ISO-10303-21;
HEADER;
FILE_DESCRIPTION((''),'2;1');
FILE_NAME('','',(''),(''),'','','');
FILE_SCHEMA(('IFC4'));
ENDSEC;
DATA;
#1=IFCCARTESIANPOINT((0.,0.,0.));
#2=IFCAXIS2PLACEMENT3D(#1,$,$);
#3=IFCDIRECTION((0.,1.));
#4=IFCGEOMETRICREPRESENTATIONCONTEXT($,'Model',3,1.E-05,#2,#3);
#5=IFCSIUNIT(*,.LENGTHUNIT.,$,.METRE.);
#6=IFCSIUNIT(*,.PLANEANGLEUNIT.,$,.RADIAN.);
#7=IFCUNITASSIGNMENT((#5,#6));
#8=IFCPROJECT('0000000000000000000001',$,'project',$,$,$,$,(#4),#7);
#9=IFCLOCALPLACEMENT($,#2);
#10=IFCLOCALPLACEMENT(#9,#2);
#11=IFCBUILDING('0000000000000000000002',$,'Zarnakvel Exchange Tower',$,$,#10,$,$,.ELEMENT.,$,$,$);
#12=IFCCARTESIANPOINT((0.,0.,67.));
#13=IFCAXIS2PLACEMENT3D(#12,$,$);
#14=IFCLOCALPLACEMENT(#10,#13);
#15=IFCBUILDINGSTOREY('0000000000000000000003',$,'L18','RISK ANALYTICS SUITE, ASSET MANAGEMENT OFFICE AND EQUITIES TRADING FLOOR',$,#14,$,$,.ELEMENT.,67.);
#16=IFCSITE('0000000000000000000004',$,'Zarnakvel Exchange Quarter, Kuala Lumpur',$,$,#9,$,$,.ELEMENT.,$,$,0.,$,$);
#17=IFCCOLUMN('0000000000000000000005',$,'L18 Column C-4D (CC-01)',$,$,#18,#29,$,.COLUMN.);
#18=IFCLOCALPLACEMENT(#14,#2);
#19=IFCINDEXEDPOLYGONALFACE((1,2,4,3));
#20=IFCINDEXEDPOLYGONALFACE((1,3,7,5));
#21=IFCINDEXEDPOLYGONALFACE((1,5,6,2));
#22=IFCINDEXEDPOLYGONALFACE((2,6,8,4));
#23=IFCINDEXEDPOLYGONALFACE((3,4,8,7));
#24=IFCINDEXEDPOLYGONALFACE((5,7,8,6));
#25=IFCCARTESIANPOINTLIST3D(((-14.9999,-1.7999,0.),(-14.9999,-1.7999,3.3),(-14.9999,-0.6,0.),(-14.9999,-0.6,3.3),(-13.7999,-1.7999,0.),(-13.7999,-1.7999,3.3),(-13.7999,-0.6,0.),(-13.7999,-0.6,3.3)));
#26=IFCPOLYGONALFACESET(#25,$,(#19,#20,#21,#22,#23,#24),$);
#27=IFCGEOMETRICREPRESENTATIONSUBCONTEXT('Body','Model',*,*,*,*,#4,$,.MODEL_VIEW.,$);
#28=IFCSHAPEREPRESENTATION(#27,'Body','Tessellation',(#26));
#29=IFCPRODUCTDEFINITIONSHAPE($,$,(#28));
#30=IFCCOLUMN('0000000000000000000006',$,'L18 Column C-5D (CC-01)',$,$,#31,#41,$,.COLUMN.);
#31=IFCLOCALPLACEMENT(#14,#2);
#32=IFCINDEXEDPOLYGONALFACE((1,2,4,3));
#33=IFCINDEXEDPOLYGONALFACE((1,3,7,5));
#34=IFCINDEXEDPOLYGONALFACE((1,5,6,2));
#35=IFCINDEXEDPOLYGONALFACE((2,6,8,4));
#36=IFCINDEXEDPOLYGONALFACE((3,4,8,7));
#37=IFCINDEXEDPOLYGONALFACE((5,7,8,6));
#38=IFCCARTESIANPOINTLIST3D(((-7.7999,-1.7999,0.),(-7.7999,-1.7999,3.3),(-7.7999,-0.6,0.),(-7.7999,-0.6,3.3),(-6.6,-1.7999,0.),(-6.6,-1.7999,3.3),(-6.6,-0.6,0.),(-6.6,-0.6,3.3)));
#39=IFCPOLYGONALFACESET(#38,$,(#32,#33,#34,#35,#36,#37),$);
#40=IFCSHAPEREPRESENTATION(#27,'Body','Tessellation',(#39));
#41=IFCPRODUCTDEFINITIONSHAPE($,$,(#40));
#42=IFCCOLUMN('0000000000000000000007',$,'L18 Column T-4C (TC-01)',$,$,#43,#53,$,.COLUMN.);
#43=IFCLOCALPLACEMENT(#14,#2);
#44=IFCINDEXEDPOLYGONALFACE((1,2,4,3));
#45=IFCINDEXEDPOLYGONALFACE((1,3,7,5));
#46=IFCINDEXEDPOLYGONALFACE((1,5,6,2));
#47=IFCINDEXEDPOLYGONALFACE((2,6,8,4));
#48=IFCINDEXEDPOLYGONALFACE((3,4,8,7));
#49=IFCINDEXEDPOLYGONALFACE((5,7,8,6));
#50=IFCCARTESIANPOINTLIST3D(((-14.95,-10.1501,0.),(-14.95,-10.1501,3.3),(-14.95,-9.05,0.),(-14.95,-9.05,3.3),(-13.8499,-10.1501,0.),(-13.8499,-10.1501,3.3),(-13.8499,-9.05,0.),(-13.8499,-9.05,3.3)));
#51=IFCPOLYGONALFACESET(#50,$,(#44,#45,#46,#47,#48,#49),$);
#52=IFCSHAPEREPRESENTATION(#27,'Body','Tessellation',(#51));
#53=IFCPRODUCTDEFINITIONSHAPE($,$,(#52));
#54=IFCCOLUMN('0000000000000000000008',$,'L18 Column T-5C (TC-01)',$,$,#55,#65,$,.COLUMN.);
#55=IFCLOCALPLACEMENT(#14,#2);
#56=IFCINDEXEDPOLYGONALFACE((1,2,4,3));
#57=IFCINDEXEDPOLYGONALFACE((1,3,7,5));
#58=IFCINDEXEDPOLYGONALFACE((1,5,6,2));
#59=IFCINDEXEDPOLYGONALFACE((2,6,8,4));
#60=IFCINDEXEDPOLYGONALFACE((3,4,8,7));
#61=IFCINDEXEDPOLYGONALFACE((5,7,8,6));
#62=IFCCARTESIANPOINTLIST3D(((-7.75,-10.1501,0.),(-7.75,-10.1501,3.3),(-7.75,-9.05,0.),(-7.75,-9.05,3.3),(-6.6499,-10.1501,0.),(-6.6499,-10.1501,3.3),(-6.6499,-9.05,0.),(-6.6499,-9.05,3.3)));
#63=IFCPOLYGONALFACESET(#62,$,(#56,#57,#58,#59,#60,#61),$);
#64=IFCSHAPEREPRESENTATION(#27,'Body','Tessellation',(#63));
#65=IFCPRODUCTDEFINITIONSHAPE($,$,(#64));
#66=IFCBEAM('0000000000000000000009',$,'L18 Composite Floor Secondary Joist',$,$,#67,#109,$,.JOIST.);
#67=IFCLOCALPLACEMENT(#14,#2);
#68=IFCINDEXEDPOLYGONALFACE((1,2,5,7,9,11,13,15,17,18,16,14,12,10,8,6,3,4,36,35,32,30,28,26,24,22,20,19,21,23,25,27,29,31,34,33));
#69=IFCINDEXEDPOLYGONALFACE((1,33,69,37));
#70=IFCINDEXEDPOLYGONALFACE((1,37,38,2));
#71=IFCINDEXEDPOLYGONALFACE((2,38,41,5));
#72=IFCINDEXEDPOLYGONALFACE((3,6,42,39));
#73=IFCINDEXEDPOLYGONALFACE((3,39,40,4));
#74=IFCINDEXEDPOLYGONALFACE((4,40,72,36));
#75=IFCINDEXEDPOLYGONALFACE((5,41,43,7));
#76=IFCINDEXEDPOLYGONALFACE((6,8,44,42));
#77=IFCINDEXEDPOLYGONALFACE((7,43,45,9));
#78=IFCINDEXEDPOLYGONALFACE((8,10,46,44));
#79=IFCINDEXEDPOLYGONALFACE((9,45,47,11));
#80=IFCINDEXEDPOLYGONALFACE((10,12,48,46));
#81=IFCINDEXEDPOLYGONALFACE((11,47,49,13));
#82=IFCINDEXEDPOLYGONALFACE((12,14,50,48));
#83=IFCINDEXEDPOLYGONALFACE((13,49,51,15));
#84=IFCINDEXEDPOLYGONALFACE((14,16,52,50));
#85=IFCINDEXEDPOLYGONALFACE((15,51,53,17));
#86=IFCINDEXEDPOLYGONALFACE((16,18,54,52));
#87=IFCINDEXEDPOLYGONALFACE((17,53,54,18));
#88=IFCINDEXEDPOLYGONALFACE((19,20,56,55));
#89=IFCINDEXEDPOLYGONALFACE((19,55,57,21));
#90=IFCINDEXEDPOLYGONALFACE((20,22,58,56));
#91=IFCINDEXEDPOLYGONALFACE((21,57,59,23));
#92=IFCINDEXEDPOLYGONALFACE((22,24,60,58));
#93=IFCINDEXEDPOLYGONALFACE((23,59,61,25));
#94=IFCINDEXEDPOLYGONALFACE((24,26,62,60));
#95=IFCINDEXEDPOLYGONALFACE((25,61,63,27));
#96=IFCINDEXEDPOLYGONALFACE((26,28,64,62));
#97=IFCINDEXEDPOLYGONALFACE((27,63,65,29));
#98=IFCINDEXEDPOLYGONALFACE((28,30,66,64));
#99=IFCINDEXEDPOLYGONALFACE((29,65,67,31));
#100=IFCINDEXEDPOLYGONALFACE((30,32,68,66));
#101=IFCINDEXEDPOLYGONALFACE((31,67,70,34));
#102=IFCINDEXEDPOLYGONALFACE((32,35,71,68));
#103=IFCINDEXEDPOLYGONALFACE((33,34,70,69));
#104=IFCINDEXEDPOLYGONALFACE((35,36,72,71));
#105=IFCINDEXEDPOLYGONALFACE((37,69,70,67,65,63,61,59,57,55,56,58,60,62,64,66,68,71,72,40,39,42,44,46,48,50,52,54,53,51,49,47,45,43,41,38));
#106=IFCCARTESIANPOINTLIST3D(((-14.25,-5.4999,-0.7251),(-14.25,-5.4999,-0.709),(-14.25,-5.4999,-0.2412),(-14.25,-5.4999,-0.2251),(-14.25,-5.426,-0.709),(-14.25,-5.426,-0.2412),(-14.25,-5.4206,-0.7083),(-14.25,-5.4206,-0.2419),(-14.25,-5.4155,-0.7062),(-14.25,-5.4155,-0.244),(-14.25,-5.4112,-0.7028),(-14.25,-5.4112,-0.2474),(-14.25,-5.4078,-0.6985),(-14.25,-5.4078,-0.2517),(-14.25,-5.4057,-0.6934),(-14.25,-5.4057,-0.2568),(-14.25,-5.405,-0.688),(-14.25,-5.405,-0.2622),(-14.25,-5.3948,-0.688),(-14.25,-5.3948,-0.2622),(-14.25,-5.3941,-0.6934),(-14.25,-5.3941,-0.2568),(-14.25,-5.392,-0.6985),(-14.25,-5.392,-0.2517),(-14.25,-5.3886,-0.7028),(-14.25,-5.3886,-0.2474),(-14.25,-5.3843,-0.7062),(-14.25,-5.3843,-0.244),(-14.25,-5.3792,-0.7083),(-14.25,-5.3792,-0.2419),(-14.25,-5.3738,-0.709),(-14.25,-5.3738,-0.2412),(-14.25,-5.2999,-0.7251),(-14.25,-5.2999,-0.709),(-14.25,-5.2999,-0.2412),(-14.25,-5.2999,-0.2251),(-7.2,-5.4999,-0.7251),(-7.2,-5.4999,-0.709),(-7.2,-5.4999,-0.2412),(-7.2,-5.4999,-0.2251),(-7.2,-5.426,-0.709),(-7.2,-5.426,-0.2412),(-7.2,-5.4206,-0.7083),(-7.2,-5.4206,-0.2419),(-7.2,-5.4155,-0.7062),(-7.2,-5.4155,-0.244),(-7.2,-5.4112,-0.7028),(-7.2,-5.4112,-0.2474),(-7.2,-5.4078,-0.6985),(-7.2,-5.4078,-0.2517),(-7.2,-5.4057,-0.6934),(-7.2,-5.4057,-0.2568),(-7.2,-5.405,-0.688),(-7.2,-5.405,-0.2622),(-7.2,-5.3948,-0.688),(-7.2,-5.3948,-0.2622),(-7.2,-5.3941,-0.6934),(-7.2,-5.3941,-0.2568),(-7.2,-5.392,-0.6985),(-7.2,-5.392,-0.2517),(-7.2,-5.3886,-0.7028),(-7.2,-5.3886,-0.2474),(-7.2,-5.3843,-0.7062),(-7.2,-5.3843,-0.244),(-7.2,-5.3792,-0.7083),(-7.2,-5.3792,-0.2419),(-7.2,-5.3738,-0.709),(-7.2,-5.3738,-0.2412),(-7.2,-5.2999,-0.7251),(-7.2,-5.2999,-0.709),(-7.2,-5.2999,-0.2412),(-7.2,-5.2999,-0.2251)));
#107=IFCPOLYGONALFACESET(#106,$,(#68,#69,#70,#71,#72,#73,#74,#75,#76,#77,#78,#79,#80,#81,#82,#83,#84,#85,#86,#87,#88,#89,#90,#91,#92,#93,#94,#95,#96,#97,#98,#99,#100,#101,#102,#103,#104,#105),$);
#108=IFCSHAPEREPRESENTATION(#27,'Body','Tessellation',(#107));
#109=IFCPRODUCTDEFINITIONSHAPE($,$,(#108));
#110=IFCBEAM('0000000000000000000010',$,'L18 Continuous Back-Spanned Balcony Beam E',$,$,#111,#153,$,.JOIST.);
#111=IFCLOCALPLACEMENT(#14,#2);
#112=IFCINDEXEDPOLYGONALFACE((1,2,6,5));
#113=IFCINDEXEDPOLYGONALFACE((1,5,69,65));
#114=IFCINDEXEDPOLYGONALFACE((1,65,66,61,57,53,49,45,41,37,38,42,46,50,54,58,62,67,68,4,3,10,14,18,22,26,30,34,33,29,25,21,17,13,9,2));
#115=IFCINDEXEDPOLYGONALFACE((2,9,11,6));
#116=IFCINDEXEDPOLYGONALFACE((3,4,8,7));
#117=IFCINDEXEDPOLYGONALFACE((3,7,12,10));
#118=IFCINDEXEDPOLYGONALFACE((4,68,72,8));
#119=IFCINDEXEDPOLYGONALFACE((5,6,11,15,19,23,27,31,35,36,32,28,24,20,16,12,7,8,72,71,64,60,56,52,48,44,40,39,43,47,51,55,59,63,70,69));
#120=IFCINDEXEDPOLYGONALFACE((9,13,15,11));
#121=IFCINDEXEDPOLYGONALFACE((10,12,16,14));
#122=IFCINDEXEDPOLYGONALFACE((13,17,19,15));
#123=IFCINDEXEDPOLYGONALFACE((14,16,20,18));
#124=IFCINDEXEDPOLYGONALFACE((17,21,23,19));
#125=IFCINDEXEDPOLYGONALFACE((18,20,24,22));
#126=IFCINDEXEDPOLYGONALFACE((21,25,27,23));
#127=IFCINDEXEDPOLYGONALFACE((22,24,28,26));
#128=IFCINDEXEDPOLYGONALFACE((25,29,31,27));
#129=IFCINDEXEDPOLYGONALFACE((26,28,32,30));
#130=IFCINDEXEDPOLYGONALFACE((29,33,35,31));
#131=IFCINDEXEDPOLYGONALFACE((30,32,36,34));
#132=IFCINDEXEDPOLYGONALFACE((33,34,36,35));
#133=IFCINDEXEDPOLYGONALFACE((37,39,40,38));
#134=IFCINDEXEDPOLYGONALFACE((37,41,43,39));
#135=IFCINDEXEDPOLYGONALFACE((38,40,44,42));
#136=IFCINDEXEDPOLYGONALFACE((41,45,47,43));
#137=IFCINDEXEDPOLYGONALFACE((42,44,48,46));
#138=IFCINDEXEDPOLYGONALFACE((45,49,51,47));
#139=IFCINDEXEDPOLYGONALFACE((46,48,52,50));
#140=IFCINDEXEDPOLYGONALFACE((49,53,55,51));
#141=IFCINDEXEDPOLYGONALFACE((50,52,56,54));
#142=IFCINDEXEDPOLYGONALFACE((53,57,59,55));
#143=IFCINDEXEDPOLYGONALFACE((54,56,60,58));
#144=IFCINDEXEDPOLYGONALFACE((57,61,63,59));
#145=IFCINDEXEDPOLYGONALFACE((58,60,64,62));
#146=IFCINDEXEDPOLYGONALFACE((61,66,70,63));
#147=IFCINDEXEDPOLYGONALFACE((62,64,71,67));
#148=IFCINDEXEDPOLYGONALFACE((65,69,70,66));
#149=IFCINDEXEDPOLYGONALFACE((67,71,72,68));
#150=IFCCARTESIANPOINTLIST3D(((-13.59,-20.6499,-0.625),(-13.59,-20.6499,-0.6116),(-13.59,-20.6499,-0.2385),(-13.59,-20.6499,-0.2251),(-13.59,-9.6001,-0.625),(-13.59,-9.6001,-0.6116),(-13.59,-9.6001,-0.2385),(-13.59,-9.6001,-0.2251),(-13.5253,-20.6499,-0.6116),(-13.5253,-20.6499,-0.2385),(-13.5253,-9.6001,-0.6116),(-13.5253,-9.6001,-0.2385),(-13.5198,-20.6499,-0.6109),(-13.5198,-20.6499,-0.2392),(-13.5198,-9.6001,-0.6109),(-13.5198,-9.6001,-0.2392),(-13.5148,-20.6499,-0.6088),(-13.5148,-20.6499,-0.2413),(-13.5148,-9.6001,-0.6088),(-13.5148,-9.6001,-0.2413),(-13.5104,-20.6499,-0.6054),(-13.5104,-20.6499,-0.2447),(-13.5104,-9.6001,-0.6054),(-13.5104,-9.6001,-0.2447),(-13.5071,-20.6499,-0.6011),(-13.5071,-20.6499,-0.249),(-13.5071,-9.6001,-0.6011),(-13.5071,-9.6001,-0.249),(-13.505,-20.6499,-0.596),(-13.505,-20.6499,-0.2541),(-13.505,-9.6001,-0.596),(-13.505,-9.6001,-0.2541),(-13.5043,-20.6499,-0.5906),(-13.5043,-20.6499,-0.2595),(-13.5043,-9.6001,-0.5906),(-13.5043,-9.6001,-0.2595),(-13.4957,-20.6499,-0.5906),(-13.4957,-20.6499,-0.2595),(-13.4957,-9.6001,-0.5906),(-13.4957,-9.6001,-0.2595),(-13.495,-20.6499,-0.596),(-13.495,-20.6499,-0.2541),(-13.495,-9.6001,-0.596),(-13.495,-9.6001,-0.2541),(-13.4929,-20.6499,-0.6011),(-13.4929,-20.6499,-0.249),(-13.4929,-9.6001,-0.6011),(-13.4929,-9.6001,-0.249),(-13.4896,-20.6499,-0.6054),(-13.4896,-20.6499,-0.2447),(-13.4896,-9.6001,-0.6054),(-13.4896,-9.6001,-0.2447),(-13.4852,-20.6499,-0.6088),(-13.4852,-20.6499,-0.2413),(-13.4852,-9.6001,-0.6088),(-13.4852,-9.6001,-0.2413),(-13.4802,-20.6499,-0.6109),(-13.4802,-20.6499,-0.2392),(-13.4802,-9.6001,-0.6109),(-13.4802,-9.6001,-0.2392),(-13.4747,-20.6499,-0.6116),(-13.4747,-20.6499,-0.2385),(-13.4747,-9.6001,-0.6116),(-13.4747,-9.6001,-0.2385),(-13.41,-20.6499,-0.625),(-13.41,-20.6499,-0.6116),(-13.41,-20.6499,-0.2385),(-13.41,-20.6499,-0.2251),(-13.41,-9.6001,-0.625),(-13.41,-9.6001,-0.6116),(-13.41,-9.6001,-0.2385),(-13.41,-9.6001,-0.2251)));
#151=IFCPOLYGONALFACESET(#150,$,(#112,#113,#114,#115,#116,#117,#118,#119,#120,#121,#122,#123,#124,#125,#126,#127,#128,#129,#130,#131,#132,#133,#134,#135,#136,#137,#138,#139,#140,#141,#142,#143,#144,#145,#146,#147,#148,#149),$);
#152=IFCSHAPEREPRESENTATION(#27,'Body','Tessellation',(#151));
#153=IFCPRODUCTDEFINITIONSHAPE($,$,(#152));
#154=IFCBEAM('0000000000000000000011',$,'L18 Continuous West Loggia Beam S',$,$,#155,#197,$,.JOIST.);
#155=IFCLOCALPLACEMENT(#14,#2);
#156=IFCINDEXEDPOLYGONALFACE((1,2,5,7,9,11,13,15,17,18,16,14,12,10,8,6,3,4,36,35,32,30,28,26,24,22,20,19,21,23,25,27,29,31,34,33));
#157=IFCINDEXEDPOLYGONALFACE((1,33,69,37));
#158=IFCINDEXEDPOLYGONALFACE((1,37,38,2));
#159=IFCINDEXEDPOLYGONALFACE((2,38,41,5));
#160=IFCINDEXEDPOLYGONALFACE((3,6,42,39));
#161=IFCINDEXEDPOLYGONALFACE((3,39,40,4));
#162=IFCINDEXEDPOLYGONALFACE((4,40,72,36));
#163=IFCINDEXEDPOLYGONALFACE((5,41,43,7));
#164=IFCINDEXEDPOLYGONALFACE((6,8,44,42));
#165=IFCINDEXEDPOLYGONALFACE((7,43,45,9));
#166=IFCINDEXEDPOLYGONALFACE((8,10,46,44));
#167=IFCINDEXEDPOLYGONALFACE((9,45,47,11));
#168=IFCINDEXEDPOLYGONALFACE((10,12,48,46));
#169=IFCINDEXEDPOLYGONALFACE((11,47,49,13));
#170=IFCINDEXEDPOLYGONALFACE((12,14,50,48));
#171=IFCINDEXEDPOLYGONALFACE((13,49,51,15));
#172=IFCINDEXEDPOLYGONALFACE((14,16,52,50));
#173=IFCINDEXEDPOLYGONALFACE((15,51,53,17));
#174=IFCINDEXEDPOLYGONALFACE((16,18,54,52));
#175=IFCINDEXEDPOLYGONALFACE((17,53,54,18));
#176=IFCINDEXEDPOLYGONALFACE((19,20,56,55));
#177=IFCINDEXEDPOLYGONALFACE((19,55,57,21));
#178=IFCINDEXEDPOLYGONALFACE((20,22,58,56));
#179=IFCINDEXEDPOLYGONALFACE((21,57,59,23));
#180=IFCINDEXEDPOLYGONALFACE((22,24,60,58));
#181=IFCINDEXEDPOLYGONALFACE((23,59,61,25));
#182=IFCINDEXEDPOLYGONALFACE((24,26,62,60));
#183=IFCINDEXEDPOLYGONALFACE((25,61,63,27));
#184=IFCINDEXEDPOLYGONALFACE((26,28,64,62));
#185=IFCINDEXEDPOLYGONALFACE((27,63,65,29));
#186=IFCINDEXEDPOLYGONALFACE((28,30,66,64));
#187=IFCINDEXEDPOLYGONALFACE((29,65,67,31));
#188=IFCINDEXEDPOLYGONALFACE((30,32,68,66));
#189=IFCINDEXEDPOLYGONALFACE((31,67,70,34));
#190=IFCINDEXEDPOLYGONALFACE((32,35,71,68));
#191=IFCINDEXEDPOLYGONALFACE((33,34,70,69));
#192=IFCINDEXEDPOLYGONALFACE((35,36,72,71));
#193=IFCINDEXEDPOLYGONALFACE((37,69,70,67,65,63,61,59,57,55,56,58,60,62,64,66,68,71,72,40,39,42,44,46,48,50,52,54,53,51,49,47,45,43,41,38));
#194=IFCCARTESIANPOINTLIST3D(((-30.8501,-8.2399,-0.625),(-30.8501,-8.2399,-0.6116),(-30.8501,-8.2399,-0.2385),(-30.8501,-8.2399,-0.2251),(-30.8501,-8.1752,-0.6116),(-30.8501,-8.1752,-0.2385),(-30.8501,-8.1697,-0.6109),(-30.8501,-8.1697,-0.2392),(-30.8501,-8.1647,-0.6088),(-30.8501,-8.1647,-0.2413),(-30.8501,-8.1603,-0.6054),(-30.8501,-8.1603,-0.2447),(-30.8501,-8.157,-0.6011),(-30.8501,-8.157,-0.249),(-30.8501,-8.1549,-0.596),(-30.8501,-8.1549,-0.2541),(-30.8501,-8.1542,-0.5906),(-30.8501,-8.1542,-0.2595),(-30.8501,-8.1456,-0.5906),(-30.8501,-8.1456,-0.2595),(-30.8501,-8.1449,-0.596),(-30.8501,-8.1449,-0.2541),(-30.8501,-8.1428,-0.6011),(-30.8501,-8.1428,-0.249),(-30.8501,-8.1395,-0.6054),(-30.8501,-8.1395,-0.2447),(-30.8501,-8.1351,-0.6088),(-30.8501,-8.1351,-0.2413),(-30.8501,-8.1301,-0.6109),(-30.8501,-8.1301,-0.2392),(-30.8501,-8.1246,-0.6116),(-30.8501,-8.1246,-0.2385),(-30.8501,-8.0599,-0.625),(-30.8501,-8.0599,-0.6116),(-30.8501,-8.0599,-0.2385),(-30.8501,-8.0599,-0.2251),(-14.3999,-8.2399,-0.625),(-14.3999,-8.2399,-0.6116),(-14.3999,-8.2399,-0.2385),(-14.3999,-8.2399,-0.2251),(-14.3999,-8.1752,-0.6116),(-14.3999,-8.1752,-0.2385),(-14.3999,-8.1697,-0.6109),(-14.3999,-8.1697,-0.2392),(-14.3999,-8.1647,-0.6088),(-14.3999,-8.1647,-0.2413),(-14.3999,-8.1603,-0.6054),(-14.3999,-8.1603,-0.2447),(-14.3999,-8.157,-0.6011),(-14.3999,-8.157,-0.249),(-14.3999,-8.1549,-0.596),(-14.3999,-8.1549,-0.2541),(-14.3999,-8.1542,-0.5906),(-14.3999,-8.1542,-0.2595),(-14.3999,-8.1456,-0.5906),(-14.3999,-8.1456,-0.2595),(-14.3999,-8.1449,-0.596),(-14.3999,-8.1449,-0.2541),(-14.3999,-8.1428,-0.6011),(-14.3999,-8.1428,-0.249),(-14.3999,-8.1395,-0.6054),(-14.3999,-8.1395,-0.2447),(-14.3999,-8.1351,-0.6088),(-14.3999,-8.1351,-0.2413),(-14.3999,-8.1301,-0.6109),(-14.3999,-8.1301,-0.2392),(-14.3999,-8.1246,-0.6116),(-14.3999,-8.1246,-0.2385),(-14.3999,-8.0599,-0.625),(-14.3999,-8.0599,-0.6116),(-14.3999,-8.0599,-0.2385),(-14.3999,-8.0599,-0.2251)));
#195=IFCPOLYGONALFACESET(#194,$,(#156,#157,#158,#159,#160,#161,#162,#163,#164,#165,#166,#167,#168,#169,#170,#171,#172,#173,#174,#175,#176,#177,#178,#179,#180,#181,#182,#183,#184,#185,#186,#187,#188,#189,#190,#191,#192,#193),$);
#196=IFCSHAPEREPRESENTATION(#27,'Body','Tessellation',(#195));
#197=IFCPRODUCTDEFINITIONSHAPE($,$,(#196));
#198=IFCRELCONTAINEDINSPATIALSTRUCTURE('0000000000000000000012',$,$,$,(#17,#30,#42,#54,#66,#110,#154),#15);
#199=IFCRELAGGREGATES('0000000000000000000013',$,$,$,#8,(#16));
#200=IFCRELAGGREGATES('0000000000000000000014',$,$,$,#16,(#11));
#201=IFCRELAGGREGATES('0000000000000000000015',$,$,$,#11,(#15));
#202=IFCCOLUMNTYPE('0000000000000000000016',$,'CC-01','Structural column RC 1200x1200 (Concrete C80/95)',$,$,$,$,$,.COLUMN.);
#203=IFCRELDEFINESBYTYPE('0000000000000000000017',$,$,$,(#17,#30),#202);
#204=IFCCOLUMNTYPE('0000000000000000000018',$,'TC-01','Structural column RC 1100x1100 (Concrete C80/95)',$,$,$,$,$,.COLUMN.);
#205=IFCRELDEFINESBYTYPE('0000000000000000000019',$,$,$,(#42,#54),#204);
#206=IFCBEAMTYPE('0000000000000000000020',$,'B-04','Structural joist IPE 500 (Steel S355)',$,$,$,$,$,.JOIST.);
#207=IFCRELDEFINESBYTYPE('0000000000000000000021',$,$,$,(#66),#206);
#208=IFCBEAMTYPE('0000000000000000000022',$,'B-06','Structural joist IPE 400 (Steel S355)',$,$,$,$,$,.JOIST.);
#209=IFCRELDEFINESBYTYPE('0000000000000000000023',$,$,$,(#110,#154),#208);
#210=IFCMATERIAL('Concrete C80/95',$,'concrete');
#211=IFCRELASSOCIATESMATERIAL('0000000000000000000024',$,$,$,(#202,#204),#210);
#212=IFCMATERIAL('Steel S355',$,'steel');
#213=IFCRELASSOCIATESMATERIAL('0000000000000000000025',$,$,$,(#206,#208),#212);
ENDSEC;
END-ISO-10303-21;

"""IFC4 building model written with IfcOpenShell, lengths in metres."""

from ifc_helpers import new_model, si_unit, direction, frame, origin, origin_2d, place, context, subcontext, project, spatial, rectangle, i_section, extrude, material, material_profile, profile_set, type_object, element, save


model = new_model("IFC4")

# Units and contexts
model_context = context("Model", 3, precision=1e-05, world=origin(), true_north=direction((0.0, 1.0)))
body_context = subcontext(model_context, "Body", "Model", "MODEL_VIEW")
ifc_project = project(units=[si_unit("LENGTHUNIT", "METRE"), si_unit("PLANEANGLEUNIT", "RADIAN")], contexts=[model_context])

# Site, building, storey
site_placement = place(None, origin())
site = spatial("IfcSite", under=ifc_project, at=site_placement, Name="Zarnakvel Exchange Quarter, Kuala Lumpur", CompositionType="ELEMENT", RefElevation=0.0)
building_placement = place(site_placement, origin())
building = spatial("IfcBuilding", under=site, at=building_placement, Name="Zarnakvel Exchange Tower", CompositionType="ELEMENT")
storey_placement = place(building_placement, frame((0.0, 0.0, 67.0)))
storey = spatial("IfcBuildingStorey", under=building, at=storey_placement, Name="L18", Description="RISK ANALYTICS SUITE, ASSET MANAGEMENT OFFICE AND EQUITIES TRADING FLOOR", CompositionType="ELEMENT", Elevation=67.0)

# Columns
ifc_material_1 = material(Name="Concrete C80/95", Category="concrete")
ifc_material_profile_1 = material_profile(ifc_material_1, rectangle(XDim=1.2, YDim=1.2, at=origin_2d()))
ifc_profile_set_1 = profile_set([ifc_material_profile_1], Name="Concrete C80/95")
column_type_1 = type_object("IfcColumnType", Name="CC-01", Description="Structural column RC 1200x1200 (Concrete C80/95)", PredefinedType="COLUMN", material=ifc_profile_set_1)
for number, where, z_axis, x_axis, name in (
    (1, (-14.3999, -1.2, 0.0), (0.0, 0.0, 1.0), (1.0, 0.0, 0.0), "L18 Column C-4D (CC-01)"),
    (2, (-7.2, -1.2, 0.0), (0.0, 0.0, 1.0), (1.0, 0.0, 0.0), "L18 Column C-5D (CC-01)"),
):
    element("IfcColumn", number, at=place(storey_placement, frame(where, z_axis=z_axis, x_axis=x_axis)), inside=storey, type_object=column_type_1, Name=name, PredefinedType="COLUMN", context=body_context, shape_type="SweptSolid", body=[
        extrude(rectangle(XDim=1.2, YDim=1.2, at=origin_2d()), origin(), (0.0, 0.0, 1.0), 3.3),
    ])
ifc_material_profile_2 = material_profile(ifc_material_1, rectangle(XDim=1.1001, YDim=1.1001, at=origin_2d()))
ifc_profile_set_2 = profile_set([ifc_material_profile_2], Name="Concrete C80/95")
column_type_2 = type_object("IfcColumnType", Name="TC-01", Description="Structural column RC 1100x1100 (Concrete C80/95)", PredefinedType="COLUMN", material=ifc_profile_set_2)
for number, where, z_axis, x_axis, name in (
    (3, (-14.3999, -9.6001, 0.0), (0.0, 0.0, 1.0), (1.0, 0.0, 0.0), "L18 Column T-4C (TC-01)"),
    (4, (-7.2, -9.6001, 0.0), (0.0, 0.0, 1.0), (1.0, 0.0, 0.0), "L18 Column T-5C (TC-01)"),
):
    element("IfcColumn", number, at=place(storey_placement, frame(where, z_axis=z_axis, x_axis=x_axis)), inside=storey, type_object=column_type_2, Name=name, PredefinedType="COLUMN", context=body_context, shape_type="SweptSolid", body=[
        extrude(rectangle(XDim=1.1001, YDim=1.1001, at=origin_2d()), origin(), (0.0, 0.0, 1.0), 3.3),
    ])

# Beams
ifc_material_2 = material(Name="Steel S355", Category="steel")
ifc_material_profile_3 = material_profile(ifc_material_2, i_section(OverallWidth=0.2, OverallDepth=0.5, WebThickness=0.0103, FlangeThickness=0.0161, FilletRadius=0.021, at=origin_2d()))
ifc_profile_set_3 = profile_set([ifc_material_profile_3], Name="Steel S355")
beam_type_1 = type_object("IfcBeamType", Name="B-04", Description="Structural joist IPE 500 (Steel S355)", PredefinedType="JOIST", material=ifc_profile_set_3)
beam_1_placement = place(storey_placement, frame((-14.25, -5.3999, -0.4751), z_axis=(1.0, 0.0, 0.0), x_axis=(0.0, 1.0, 0.0)))
element("IfcBeam", 5, at=beam_1_placement, inside=storey, type_object=beam_type_1, Name="L18 Composite Floor Secondary Joist", PredefinedType="JOIST", context=body_context, shape_type="SweptSolid", body=[
    extrude(i_section(OverallWidth=0.2, OverallDepth=0.5, WebThickness=0.0103, FlangeThickness=0.0161, FilletRadius=0.021, at=origin_2d()), origin(), (0.0, 0.0, 1.0), 7.05),
])
ifc_material_profile_4 = material_profile(ifc_material_2, i_section(OverallWidth=0.1799, OverallDepth=0.3999, WebThickness=0.0085, FlangeThickness=0.0134, FilletRadius=0.021, at=origin_2d()))
ifc_profile_set_4 = profile_set([ifc_material_profile_4], Name="Steel S355")
beam_type_2 = type_object("IfcBeamType", Name="B-06", Description="Structural joist IPE 400 (Steel S355)", PredefinedType="JOIST", material=ifc_profile_set_4)
beam_2_placement = place(storey_placement, frame((-13.5, -9.6001, -0.425), z_axis=(0.0, -1.0, 0.0), x_axis=(1.0, 0.0, 0.0)))
element("IfcBeam", 6, at=beam_2_placement, inside=storey, type_object=beam_type_2, Name="L18 Continuous Back-Spanned Balcony Beam E", PredefinedType="JOIST", context=body_context, shape_type="SweptSolid", body=[
    extrude(i_section(OverallWidth=0.1799, OverallDepth=0.3999, WebThickness=0.0085, FlangeThickness=0.0134, FilletRadius=0.021, at=origin_2d()), origin(), (0.0, 0.0, 1.0), 11.0498),
])
for number, where, z_axis, x_axis, name in (
    (7, (-14.3999, -8.1499, -0.425), (-1.0, 0.0, 0.0), (0.0, -1.0, 0.0), "L18 Continuous West Loggia Beam S"),
):
    element("IfcBeam", number, at=place(storey_placement, frame(where, z_axis=z_axis, x_axis=x_axis)), inside=storey, type_object=beam_type_2, Name=name, PredefinedType="JOIST", context=body_context, shape_type="SweptSolid", body=[
        extrude(i_section(OverallWidth=0.1799, OverallDepth=0.3999, WebThickness=0.0085, FlangeThickness=0.0134, FilletRadius=0.021, at=origin_2d()), origin(), (0.0, 0.0, 1.0), 16.4502),
    ])

save(model, "model.ifc")
